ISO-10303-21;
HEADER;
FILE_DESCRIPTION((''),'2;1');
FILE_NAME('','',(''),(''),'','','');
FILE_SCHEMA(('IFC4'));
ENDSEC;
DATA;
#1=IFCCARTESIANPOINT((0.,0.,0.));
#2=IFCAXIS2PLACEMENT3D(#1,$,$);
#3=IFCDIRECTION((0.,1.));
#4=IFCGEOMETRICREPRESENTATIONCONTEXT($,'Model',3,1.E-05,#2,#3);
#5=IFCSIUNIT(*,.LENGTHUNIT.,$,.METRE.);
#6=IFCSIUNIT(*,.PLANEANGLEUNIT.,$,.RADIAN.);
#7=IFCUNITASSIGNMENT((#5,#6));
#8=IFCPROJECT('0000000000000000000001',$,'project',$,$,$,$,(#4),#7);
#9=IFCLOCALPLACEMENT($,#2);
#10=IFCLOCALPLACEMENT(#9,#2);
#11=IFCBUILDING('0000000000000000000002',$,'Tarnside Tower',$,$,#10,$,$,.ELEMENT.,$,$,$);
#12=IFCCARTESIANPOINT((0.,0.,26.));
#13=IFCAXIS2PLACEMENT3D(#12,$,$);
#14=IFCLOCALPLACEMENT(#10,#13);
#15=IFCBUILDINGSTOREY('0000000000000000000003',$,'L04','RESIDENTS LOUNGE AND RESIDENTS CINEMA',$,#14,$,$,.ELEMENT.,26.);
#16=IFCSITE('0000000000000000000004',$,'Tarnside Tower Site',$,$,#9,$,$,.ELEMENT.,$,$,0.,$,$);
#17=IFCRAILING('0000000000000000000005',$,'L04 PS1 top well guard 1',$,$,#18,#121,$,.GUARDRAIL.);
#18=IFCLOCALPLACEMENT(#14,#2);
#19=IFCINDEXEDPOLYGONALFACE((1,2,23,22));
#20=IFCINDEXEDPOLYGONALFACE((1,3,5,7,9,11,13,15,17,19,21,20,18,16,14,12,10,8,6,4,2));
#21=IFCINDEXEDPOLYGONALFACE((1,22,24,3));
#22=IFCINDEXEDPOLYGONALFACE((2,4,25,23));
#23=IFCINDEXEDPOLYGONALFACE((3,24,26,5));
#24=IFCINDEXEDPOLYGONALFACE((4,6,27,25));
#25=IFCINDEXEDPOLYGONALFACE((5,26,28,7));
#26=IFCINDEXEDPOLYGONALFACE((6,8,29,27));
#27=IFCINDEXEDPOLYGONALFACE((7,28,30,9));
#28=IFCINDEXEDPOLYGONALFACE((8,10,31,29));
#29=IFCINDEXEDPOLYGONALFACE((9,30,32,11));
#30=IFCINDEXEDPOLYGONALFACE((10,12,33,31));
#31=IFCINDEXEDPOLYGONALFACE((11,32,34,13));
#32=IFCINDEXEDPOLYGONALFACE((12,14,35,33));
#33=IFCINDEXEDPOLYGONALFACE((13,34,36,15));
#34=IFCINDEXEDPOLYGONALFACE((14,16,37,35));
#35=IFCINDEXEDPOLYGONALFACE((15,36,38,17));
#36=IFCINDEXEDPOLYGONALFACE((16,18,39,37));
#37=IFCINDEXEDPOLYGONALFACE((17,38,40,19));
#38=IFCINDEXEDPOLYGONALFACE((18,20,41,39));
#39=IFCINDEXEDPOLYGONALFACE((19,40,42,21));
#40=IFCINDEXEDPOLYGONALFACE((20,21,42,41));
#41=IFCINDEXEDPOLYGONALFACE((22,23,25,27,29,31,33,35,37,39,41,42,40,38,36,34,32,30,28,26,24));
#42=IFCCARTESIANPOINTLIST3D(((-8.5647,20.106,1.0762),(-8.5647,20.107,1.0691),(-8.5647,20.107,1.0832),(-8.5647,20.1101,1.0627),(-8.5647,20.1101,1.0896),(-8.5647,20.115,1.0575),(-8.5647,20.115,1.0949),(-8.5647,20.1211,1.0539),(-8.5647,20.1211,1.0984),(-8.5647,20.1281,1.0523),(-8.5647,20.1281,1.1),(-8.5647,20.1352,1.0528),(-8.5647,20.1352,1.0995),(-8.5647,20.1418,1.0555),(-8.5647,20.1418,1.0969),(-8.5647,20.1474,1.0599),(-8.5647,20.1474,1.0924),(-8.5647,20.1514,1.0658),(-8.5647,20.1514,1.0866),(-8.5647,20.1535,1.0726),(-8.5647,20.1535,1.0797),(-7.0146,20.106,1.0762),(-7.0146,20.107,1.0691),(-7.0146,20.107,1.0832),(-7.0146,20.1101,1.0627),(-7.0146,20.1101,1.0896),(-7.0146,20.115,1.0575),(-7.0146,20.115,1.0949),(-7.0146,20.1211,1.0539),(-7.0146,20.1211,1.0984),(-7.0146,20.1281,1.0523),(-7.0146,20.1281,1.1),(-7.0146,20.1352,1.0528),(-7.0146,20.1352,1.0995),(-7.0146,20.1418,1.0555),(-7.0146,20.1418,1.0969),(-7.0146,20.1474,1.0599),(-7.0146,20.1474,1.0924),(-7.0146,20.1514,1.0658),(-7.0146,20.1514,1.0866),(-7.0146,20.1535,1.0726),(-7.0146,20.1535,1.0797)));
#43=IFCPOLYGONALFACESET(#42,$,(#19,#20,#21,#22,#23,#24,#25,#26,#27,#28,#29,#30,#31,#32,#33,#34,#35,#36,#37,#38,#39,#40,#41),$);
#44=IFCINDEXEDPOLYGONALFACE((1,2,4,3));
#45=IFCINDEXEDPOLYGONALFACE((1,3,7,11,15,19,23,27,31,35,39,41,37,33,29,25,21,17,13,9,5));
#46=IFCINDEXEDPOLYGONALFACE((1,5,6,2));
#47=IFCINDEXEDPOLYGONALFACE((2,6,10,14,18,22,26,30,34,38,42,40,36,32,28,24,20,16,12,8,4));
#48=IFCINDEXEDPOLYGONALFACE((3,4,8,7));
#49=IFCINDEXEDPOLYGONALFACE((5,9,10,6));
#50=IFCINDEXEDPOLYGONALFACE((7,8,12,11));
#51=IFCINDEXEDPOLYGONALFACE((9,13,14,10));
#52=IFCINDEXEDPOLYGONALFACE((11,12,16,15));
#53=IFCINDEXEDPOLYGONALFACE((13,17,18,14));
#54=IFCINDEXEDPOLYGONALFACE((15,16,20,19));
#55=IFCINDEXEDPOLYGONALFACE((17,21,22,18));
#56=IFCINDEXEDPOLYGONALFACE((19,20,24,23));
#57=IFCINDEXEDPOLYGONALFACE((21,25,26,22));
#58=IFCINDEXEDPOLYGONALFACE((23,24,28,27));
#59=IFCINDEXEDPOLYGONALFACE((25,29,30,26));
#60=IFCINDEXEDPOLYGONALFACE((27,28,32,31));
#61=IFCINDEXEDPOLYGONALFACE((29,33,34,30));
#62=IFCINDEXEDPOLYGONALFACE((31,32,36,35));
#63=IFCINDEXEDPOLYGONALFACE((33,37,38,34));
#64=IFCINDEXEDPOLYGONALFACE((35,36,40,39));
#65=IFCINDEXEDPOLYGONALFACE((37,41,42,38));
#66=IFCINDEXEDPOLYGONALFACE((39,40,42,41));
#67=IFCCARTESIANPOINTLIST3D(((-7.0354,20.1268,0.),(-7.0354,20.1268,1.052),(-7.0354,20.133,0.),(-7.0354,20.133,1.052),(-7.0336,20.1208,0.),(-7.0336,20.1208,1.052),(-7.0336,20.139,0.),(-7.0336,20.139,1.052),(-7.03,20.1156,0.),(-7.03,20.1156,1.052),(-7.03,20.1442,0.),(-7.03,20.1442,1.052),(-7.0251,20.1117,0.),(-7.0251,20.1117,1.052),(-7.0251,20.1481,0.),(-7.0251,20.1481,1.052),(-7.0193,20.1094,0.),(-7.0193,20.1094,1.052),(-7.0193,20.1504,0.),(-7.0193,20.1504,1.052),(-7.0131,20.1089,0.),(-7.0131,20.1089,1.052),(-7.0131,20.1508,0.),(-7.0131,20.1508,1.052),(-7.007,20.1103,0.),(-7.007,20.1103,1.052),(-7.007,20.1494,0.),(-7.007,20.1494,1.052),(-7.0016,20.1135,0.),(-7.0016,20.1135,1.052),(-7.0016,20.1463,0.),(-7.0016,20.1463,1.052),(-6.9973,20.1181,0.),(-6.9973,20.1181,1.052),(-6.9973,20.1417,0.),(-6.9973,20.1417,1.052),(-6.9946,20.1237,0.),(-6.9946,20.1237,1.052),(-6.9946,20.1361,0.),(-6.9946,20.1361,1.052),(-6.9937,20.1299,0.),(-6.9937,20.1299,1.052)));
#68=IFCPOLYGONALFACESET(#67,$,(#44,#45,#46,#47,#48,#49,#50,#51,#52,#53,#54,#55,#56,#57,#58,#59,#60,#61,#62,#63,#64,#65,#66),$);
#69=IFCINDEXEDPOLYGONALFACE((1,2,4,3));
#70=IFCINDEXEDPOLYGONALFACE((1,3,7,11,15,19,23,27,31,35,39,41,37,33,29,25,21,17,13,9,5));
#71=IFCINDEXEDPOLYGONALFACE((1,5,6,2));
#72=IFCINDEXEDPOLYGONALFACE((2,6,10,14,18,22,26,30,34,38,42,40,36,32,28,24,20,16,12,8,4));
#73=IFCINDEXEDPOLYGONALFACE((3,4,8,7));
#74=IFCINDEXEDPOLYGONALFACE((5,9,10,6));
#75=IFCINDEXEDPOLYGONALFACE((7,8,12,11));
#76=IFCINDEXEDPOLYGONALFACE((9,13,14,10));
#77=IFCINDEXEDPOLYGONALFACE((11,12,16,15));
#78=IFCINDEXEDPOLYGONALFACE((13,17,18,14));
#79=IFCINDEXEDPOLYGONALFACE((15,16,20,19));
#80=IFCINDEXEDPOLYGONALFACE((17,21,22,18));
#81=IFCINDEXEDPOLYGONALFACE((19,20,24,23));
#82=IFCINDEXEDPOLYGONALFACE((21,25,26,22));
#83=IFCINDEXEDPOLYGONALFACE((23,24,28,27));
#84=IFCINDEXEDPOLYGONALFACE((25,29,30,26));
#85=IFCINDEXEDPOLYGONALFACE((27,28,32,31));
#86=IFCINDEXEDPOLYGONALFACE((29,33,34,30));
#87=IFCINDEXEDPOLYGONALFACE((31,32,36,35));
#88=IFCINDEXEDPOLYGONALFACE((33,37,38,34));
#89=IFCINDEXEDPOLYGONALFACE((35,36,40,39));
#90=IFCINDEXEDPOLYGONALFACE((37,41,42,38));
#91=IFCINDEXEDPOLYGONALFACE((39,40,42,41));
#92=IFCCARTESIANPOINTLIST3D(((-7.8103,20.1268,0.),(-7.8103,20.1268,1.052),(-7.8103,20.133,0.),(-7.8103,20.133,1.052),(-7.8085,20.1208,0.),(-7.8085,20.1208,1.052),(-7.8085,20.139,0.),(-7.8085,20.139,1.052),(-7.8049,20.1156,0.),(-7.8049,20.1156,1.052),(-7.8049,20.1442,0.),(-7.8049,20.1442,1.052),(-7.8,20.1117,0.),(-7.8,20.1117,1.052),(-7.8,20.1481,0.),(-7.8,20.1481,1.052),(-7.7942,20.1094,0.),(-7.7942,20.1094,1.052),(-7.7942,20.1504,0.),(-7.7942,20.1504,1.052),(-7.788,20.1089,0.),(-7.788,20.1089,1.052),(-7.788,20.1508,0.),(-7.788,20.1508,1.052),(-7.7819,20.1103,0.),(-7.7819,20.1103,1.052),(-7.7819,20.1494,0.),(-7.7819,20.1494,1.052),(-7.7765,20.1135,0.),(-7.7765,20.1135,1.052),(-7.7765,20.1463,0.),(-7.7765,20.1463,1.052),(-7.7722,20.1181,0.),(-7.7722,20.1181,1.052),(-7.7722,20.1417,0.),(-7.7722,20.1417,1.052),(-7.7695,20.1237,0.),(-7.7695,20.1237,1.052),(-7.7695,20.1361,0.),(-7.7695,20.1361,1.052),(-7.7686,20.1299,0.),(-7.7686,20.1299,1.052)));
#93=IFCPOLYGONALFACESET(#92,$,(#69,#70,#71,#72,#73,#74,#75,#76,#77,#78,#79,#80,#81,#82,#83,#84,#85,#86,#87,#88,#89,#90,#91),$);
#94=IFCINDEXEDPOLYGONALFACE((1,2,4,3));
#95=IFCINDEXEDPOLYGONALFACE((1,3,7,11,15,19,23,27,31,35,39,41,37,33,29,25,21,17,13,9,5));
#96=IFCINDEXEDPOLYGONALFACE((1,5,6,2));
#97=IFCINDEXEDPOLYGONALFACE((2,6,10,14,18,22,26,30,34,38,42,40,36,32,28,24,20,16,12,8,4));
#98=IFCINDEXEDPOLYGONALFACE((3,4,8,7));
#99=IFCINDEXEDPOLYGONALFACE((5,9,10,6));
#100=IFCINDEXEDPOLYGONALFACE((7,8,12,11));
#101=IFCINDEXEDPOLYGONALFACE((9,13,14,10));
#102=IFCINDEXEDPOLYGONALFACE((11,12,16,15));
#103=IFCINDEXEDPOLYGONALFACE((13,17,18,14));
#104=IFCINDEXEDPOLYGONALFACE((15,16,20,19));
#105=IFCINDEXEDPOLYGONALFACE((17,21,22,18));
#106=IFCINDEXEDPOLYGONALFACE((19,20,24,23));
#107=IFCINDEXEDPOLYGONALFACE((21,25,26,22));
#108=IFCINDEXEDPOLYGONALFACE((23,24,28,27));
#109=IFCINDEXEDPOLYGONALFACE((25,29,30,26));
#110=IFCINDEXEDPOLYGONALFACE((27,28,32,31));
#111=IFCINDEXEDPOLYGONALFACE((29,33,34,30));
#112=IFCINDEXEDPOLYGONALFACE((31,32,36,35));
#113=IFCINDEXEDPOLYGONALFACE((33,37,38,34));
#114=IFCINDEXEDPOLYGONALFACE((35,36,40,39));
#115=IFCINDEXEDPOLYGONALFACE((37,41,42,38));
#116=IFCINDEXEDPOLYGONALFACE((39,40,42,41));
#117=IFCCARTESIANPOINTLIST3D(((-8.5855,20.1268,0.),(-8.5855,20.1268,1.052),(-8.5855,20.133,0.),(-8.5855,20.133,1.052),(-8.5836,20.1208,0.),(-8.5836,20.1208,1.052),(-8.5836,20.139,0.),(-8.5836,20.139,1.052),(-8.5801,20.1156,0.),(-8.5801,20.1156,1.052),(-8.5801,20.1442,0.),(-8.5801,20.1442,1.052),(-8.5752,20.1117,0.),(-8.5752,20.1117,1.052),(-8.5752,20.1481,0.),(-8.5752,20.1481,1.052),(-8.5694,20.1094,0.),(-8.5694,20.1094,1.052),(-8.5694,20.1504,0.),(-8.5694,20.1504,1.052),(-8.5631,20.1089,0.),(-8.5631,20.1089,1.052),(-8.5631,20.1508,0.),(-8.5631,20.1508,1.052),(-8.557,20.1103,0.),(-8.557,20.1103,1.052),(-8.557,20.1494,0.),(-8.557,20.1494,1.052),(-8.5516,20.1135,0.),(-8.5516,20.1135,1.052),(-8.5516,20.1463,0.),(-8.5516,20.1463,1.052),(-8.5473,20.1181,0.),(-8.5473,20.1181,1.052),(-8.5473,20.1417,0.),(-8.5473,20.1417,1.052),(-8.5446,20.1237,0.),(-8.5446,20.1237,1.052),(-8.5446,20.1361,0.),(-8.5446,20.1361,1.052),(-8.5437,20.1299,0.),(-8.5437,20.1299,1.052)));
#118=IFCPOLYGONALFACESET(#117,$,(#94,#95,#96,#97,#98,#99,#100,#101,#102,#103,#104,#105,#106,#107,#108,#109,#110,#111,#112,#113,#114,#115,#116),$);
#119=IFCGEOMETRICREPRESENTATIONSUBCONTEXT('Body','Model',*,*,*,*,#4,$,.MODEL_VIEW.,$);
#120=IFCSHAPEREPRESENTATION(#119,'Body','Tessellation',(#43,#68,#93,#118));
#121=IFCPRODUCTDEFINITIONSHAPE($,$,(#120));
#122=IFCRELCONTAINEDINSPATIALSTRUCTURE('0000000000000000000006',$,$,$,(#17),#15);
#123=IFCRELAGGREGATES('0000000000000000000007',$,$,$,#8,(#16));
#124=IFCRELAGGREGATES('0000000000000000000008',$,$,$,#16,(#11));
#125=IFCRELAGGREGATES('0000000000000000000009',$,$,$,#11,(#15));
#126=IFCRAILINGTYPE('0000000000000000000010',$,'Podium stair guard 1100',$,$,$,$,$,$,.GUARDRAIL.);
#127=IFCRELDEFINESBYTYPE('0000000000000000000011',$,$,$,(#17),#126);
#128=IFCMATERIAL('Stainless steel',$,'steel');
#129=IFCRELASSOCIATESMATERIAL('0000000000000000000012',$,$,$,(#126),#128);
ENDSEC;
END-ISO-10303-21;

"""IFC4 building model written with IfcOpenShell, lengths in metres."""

from ifc_helpers import new_model, si_unit, direction, frame, origin, origin_2d, place, context, subcontext, project, spatial, circle, extrude, material, type_object, element, save


model = new_model("IFC4")

# Units and contexts
model_context = context("Model", 3, precision=1e-05, world=origin(), true_north=direction((0.0, 1.0)))
body_context = subcontext(model_context, "Body", "Model", "MODEL_VIEW")
ifc_project = project(units=[si_unit("LENGTHUNIT", "METRE"), si_unit("PLANEANGLEUNIT", "RADIAN")], contexts=[model_context])

# Site, building, storey
site_placement = place(None, origin())
site = spatial("IfcSite", under=ifc_project, at=site_placement, Name="Tarnside Tower Site", CompositionType="ELEMENT", RefElevation=0.0)
building_placement = place(site_placement, origin())
building = spatial("IfcBuilding", under=site, at=building_placement, Name="Tarnside Tower", CompositionType="ELEMENT")
storey_placement = place(building_placement, frame((0.0, 0.0, 26.0)))
storey = spatial("IfcBuildingStorey", under=building, at=storey_placement, Name="L04", Description="RESIDENTS LOUNGE AND RESIDENTS CINEMA", CompositionType="ELEMENT", Elevation=26.0)

# Railing
ifc_material_1 = material(Name="Stainless steel", Category="steel")
railing_type = type_object("IfcRailingType", Name="Podium stair guard 1100", PredefinedType="GUARDRAIL", material=ifc_material_1)
railing_1_placement = place(storey_placement, frame((-7.0146, 20.1299, 0.0)))
element("IfcRailing", 1, at=railing_1_placement, inside=storey, type_object=railing_type, Name="L04 PS1 top well guard 1", PredefinedType="GUARDRAIL", context=body_context, shape_type="SweptSolid", body=[
    extrude(circle(Radius=0.0239, at=origin_2d()), frame((0.0, 0.0, 1.0762), z_axis=(-1.0, 0.0, 0.0), x_axis=(0.0, -1.0, 0.0)), (0.0, 0.0, 1.0), 1.55),
    extrude(circle(Radius=0.021, at=origin_2d()), origin(), (0.0, 0.0, 1.0), 1.052),
    extrude(circle(Radius=0.021, at=origin_2d()), frame((-0.7749, 0.0, 0.0)), (0.0, 0.0, 1.0), 1.052),
    extrude(circle(Radius=0.021, at=origin_2d()), frame((-1.55, 0.0, 0.0)), (0.0, 0.0, 1.0), 1.052),
])

save(model, "model.ifc")
